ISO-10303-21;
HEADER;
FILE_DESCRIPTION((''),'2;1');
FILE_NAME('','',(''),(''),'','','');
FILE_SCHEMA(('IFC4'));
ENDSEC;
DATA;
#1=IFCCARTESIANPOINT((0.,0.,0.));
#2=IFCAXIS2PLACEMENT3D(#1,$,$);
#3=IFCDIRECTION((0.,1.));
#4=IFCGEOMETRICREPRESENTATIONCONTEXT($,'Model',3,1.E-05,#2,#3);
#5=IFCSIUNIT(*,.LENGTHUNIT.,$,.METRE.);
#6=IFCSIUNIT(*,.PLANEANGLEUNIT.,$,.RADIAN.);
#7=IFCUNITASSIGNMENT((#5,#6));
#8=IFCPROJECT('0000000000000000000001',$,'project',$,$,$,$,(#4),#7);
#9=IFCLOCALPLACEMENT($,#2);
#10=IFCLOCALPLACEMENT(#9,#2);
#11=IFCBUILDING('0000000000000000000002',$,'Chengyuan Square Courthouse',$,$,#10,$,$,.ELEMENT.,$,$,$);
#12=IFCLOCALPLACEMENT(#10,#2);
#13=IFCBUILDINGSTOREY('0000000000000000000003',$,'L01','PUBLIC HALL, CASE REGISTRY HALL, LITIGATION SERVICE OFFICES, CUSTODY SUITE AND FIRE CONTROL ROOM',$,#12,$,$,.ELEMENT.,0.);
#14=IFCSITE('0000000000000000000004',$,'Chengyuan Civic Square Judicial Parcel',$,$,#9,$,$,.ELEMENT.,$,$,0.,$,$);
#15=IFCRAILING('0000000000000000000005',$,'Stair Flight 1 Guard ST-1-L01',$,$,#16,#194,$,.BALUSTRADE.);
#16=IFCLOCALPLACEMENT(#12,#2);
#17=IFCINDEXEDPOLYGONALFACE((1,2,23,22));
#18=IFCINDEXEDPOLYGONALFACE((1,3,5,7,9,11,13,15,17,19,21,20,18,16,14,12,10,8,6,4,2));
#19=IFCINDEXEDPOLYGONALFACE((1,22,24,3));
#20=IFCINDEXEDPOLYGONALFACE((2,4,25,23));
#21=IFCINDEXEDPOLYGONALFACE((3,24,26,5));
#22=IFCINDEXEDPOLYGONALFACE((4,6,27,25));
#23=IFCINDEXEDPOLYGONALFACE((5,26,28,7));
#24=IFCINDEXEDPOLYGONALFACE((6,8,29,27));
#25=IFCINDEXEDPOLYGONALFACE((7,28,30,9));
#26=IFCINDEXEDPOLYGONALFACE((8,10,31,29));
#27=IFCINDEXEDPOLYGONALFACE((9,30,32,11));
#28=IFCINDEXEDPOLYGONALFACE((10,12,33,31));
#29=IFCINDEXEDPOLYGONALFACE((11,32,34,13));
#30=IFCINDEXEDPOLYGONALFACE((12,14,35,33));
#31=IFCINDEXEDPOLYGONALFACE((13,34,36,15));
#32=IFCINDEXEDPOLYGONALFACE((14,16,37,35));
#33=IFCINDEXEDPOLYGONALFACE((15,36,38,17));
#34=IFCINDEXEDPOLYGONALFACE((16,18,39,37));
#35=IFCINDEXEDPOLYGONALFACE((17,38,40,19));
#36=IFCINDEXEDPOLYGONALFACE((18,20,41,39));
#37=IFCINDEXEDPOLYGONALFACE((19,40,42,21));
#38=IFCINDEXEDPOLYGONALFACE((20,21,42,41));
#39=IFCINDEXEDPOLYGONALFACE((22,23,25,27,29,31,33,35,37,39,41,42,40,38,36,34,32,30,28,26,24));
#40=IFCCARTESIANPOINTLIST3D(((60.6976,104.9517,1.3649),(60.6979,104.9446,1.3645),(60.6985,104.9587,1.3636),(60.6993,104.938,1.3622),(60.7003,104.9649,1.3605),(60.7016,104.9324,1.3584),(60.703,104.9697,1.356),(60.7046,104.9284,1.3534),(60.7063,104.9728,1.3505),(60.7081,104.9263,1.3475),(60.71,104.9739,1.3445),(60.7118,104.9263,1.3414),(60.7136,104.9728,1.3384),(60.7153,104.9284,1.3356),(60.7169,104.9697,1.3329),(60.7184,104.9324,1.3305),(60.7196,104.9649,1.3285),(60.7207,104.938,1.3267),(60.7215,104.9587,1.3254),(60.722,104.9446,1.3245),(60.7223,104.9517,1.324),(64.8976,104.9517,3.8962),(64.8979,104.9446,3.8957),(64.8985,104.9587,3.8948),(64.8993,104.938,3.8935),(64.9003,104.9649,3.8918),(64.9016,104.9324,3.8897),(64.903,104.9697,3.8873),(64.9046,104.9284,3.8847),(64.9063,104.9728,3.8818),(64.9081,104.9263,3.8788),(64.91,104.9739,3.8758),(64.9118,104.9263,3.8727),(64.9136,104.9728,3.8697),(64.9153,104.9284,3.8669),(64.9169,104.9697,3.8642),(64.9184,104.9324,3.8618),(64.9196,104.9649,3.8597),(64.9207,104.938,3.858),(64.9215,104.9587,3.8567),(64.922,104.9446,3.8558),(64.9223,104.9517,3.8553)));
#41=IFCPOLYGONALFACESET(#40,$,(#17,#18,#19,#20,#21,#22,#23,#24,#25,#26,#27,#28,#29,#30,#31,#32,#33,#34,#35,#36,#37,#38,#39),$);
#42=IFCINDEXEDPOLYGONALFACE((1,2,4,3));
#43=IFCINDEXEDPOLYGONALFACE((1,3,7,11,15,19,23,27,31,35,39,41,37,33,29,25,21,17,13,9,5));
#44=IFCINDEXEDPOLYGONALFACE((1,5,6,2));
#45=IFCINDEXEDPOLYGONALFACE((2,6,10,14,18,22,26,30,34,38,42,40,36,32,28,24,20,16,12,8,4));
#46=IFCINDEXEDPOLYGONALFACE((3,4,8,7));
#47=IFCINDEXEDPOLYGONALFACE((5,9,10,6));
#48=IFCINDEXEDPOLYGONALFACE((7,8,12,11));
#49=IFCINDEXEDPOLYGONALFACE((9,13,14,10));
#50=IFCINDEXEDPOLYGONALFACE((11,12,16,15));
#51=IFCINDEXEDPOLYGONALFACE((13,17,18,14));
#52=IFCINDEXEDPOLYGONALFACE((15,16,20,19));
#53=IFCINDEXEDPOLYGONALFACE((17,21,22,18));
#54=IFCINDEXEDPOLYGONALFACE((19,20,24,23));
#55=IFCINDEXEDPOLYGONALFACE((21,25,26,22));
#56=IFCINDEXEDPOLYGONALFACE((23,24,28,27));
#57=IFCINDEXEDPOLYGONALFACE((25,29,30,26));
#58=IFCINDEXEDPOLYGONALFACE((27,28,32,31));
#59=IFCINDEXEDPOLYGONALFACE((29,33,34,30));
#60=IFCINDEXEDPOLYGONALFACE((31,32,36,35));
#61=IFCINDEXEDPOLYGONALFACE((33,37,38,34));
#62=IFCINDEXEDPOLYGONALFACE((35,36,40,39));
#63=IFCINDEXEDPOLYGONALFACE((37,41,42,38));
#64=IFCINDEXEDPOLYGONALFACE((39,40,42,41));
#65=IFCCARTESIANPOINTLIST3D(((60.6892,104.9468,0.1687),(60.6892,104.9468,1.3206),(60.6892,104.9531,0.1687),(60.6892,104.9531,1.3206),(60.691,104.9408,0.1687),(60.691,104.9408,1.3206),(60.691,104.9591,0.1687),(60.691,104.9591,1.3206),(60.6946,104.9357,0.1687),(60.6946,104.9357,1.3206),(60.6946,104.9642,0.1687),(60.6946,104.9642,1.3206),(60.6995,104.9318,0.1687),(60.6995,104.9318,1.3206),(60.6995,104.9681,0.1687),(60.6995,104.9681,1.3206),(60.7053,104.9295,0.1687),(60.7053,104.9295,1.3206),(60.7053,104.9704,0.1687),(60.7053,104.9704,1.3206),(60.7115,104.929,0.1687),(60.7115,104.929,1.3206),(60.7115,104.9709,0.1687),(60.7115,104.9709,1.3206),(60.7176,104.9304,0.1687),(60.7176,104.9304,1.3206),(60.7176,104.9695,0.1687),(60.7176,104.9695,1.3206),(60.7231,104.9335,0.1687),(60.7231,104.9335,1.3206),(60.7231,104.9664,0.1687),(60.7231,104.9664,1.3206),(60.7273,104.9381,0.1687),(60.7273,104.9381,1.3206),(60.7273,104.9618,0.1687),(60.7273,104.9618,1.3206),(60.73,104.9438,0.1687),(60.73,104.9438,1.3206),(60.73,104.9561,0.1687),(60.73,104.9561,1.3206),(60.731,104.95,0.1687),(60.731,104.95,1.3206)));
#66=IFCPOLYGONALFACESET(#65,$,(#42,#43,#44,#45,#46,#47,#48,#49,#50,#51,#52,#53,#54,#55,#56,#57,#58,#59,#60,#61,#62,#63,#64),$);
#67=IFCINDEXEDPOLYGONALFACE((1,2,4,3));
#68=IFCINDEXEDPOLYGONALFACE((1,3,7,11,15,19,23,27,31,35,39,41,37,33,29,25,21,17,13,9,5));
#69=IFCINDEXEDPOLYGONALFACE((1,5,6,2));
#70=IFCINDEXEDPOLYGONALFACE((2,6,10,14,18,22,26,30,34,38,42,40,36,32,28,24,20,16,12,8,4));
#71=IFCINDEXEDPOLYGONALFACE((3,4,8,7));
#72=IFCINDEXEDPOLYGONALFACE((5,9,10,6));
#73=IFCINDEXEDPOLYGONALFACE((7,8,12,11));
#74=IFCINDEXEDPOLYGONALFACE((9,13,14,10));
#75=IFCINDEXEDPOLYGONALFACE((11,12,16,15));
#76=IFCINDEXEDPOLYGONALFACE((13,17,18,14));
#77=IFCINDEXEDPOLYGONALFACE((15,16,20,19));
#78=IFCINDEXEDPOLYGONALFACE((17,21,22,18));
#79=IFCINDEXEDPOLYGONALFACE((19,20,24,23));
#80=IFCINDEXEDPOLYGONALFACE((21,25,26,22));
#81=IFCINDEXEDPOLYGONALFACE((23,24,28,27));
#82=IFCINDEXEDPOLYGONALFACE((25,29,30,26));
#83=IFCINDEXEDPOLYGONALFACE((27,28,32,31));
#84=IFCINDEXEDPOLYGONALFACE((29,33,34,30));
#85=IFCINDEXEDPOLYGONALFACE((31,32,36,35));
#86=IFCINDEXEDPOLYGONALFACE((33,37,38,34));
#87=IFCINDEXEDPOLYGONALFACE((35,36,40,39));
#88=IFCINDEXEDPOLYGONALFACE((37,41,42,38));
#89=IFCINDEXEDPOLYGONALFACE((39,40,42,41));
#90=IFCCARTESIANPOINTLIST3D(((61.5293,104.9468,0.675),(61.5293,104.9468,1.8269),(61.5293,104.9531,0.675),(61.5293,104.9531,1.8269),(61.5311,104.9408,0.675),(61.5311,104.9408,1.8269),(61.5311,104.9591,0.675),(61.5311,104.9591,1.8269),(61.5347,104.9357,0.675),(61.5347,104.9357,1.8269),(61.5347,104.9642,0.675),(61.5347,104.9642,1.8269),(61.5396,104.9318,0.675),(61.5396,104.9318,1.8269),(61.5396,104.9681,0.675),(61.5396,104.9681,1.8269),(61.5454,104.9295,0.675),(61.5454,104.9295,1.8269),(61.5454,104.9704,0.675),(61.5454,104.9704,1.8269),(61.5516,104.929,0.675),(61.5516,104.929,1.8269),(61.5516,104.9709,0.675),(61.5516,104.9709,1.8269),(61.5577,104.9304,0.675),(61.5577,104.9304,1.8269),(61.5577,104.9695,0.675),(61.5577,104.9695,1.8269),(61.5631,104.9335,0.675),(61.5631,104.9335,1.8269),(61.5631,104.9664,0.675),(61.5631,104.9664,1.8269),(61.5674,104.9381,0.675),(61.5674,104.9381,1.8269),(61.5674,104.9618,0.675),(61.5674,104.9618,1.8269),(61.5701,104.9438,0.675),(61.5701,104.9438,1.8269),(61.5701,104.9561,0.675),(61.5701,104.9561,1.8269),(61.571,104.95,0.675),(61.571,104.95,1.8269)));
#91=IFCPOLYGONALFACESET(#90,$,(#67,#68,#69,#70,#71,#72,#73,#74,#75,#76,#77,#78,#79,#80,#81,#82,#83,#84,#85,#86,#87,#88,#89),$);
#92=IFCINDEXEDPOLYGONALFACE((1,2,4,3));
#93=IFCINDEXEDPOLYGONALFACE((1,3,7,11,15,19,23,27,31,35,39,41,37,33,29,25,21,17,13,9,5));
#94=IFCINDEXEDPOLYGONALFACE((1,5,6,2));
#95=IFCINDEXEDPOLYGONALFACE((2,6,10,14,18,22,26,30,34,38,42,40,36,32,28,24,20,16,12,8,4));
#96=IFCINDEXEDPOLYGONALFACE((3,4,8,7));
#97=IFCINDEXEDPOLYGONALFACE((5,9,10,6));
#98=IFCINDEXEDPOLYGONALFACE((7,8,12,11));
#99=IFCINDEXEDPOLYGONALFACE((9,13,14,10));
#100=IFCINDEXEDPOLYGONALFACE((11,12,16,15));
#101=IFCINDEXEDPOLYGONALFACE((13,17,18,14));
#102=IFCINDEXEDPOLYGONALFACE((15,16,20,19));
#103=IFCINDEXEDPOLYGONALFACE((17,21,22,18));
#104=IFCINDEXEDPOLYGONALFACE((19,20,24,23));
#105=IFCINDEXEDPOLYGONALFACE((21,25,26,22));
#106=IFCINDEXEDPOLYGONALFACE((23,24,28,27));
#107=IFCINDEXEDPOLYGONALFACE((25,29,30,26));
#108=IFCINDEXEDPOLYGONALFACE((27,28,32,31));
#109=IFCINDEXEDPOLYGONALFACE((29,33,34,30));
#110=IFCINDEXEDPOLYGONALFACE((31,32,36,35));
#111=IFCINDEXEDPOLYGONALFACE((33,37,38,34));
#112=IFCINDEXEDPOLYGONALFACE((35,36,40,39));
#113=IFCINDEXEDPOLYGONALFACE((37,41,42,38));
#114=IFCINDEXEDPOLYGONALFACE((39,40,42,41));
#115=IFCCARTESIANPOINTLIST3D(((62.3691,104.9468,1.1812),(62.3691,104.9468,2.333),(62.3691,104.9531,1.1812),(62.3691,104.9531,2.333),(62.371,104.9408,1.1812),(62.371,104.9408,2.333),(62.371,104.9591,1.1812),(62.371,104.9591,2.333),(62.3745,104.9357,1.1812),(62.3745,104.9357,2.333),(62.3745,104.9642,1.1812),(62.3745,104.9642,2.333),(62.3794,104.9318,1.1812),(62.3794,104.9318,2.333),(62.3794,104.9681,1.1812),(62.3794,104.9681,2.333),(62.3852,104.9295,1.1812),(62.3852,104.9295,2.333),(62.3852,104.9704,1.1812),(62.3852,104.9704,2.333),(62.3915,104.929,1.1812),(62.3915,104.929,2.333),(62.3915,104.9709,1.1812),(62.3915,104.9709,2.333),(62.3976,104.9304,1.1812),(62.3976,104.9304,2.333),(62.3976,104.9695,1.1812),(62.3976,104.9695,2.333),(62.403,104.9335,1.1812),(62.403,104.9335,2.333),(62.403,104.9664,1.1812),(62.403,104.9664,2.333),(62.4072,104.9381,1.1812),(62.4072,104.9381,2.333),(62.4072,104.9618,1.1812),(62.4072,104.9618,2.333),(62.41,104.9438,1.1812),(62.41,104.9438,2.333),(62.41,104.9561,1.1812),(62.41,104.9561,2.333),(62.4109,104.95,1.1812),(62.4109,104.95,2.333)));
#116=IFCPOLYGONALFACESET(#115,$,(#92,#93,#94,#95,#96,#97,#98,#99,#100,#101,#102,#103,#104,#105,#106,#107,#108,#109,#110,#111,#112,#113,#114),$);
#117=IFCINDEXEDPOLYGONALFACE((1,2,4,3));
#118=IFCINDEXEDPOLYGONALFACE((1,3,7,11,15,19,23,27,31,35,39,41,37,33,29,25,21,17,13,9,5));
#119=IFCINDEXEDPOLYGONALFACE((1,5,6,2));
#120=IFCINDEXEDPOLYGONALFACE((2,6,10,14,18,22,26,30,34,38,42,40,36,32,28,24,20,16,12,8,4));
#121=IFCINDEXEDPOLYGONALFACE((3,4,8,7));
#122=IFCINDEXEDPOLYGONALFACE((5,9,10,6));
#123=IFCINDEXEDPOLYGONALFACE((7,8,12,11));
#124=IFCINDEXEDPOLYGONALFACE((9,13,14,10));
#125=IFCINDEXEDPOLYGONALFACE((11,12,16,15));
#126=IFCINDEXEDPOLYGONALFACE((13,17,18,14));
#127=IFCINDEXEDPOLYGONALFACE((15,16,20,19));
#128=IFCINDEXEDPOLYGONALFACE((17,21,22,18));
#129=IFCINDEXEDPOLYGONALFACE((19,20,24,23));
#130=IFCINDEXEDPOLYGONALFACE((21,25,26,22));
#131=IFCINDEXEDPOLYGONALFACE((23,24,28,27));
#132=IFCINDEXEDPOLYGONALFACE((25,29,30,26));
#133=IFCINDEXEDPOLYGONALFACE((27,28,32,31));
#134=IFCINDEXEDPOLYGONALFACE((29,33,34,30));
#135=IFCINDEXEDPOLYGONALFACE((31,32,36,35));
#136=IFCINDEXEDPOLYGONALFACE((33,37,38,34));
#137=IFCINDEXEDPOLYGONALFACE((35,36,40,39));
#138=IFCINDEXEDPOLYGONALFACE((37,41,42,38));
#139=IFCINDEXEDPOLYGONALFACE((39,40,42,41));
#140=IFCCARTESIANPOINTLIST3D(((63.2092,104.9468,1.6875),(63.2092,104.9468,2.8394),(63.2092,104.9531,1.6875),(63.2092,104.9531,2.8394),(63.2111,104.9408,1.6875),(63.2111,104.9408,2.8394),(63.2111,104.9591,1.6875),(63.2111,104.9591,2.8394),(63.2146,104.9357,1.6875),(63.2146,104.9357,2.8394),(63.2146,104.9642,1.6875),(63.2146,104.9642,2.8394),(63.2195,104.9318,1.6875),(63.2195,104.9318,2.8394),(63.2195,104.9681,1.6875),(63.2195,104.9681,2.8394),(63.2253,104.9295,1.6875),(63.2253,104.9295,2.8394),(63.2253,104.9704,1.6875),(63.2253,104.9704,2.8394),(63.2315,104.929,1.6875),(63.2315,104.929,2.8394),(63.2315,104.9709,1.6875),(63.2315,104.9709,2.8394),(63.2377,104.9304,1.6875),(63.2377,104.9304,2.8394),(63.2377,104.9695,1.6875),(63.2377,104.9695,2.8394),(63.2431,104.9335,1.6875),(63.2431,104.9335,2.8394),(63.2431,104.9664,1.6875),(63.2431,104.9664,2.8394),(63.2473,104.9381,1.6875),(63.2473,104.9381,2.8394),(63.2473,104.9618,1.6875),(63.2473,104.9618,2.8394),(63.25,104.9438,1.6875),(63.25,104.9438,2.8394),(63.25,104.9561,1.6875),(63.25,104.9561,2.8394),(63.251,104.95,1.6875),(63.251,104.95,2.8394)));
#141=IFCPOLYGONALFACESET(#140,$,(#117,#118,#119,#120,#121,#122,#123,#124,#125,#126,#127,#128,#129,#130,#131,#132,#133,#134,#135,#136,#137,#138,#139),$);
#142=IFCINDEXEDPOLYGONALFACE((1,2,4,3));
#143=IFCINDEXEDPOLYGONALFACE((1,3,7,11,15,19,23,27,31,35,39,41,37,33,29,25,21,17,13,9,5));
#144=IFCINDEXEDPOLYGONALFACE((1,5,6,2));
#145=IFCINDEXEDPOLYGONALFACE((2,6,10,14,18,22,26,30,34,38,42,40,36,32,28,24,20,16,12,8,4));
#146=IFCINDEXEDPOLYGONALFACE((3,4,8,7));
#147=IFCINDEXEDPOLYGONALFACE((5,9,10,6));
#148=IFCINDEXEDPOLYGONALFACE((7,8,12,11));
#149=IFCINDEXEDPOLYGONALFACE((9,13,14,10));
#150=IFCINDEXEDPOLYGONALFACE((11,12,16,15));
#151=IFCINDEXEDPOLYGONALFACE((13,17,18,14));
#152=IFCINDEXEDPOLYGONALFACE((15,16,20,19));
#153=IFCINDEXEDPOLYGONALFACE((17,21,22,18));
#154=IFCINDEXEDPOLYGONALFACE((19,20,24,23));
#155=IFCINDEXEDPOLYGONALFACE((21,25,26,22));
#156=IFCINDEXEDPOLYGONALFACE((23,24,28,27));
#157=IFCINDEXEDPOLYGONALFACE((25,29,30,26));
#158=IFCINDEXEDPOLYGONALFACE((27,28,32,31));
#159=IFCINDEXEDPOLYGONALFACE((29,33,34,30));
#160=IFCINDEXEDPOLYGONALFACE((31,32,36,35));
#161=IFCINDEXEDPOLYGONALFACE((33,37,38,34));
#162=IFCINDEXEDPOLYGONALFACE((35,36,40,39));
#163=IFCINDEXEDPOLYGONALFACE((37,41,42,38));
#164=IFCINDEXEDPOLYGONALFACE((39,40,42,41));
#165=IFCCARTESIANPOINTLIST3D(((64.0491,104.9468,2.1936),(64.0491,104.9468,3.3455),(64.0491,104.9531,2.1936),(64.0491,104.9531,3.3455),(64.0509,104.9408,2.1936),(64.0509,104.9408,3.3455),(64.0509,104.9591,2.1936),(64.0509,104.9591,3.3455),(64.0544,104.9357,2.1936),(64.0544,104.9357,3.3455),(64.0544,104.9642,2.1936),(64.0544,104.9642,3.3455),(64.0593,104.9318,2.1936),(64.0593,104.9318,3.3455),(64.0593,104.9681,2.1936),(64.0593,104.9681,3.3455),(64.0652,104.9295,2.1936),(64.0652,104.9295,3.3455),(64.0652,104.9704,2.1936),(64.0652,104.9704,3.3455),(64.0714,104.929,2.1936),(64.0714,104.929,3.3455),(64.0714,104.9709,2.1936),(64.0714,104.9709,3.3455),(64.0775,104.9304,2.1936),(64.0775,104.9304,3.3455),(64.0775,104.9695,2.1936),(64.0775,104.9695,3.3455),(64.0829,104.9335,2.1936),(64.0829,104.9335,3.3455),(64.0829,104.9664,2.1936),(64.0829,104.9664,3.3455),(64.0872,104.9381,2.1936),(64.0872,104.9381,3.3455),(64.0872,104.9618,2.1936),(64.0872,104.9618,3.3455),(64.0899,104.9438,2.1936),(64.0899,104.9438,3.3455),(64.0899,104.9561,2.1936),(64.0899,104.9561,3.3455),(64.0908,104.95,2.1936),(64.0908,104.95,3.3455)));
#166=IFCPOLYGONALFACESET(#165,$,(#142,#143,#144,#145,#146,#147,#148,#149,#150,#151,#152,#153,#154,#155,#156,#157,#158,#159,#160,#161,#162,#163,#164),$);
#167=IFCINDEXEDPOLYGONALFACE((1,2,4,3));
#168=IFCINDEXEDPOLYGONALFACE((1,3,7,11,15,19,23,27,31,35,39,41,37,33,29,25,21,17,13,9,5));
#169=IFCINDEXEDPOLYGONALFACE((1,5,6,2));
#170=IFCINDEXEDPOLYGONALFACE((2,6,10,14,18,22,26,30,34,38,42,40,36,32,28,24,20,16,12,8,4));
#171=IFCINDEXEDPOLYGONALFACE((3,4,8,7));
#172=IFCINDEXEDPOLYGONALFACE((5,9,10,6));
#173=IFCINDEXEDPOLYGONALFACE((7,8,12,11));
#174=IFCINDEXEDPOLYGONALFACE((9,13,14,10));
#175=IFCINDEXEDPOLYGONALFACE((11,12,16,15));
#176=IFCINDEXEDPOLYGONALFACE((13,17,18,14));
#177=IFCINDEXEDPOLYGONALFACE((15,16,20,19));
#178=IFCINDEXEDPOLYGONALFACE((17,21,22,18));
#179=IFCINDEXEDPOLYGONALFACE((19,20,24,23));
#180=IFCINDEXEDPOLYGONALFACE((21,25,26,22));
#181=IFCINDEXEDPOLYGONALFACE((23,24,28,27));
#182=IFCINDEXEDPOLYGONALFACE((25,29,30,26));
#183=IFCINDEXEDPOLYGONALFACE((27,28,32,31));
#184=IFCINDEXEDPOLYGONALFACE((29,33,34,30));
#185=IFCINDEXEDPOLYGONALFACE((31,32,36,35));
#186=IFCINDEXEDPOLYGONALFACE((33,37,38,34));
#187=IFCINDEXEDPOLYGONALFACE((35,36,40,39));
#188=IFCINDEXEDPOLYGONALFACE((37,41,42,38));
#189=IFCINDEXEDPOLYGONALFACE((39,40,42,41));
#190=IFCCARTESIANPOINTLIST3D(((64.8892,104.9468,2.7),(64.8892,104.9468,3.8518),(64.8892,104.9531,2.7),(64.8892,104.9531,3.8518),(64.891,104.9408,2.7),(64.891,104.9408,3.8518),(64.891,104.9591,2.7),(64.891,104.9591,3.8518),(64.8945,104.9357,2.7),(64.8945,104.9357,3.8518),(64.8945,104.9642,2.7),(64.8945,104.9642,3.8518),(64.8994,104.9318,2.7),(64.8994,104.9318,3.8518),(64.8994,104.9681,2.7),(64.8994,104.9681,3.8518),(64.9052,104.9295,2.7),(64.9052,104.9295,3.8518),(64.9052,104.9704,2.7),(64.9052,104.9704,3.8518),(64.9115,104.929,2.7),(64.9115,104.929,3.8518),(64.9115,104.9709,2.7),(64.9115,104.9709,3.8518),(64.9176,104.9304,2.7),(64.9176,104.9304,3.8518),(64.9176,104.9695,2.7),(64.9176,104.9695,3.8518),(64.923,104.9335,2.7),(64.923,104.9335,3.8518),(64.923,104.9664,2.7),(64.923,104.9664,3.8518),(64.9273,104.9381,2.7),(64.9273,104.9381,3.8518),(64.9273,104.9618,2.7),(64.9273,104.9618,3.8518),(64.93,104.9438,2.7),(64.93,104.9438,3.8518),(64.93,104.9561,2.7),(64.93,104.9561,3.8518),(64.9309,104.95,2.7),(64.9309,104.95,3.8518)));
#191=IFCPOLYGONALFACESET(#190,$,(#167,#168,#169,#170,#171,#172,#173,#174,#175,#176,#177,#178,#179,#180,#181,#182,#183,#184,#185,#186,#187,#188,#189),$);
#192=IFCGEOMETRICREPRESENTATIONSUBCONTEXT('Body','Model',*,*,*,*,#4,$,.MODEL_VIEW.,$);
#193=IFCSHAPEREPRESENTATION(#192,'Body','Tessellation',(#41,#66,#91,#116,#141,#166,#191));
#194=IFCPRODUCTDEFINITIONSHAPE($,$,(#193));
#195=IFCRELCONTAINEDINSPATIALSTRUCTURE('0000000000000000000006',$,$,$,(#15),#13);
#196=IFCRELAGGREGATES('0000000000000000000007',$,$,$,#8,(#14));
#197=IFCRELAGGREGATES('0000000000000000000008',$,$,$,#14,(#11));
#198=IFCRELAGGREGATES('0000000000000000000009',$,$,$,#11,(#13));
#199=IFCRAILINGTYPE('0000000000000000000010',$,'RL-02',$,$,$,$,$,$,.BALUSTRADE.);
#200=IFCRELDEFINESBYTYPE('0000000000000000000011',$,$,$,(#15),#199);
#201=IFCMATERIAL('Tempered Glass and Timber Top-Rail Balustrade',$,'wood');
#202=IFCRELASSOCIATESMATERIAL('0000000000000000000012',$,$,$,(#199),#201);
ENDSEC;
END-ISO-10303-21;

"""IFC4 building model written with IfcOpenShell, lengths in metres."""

from ifc_helpers import new_model, si_unit, direction, frame, origin, origin_2d, place, context, subcontext, project, spatial, circle, extrude, material, type_object, element, save


model = new_model("IFC4")

# Units and contexts
model_context = context("Model", 3, precision=1e-05, world=origin(), true_north=direction((0.0, 1.0)))
body_context = subcontext(model_context, "Body", "Model", "MODEL_VIEW")
ifc_project = project(units=[si_unit("LENGTHUNIT", "METRE"), si_unit("PLANEANGLEUNIT", "RADIAN")], contexts=[model_context])

# Site, building, storey
site_placement = place(None, origin())
site = spatial("IfcSite", under=ifc_project, at=site_placement, Name="Chengyuan Civic Square Judicial Parcel", CompositionType="ELEMENT", RefElevation=0.0)
building_placement = place(site_placement, origin())
building = spatial("IfcBuilding", under=site, at=building_placement, Name="Chengyuan Square Courthouse", CompositionType="ELEMENT")
storey_placement = place(building_placement, origin())
storey = spatial("IfcBuildingStorey", under=building, at=storey_placement, Name="L01", Description="PUBLIC HALL, CASE REGISTRY HALL, LITIGATION SERVICE OFFICES, CUSTODY SUITE AND FIRE CONTROL ROOM", CompositionType="ELEMENT", Elevation=0.0)

# Railing
ifc_material_1 = material(Name="Tempered Glass and Timber Top-Rail Balustrade", Category="wood")
railing_type_1 = type_object("IfcRailingType", Name="RL-02", PredefinedType="BALUSTRADE", material=ifc_material_1)
railing_1_placement = place(storey_placement, frame((60.71, 104.95, 0.1687)))
element("IfcRailing", 1, at=railing_1_placement, inside=storey, type_object=railing_type_1, Name="Stair Flight 1 Guard ST-1-L01", PredefinedType="BALUSTRADE", context=body_context, shape_type="SweptSolid", body=[
    extrude(circle(Radius=0.0239, at=origin_2d()), frame((0.0, 0.0, 1.1758), z_axis=(0.856476, 0.0, 0.516186), x_axis=(0.0, 1.0, 0.0)), (0.0, 0.0, 1.0), 4.9038),
    extrude(circle(Radius=0.021, at=origin_2d()), origin(), (0.0, 0.0, 1.0), 1.1519),
    extrude(circle(Radius=0.021, at=origin_2d()), frame((0.8401, 0.0, 0.5063)), (0.0, 0.0, 1.0), 1.1519),
    extrude(circle(Radius=0.021, at=origin_2d()), frame((1.6799, 0.0, 1.0125)), (0.0, 0.0, 1.0), 1.1519),
    extrude(circle(Radius=0.021, at=origin_2d()), frame((2.52, 0.0, 1.5188)), (0.0, 0.0, 1.0), 1.1519),
    extrude(circle(Radius=0.021, at=origin_2d()), frame((3.3599, 0.0, 2.0249)), (0.0, 0.0, 1.0), 1.1519),
    extrude(circle(Radius=0.021, at=origin_2d()), frame((4.2, 0.0, 2.5312)), (0.0, 0.0, 1.0), 1.1519),
])

save(model, "model.ifc")
